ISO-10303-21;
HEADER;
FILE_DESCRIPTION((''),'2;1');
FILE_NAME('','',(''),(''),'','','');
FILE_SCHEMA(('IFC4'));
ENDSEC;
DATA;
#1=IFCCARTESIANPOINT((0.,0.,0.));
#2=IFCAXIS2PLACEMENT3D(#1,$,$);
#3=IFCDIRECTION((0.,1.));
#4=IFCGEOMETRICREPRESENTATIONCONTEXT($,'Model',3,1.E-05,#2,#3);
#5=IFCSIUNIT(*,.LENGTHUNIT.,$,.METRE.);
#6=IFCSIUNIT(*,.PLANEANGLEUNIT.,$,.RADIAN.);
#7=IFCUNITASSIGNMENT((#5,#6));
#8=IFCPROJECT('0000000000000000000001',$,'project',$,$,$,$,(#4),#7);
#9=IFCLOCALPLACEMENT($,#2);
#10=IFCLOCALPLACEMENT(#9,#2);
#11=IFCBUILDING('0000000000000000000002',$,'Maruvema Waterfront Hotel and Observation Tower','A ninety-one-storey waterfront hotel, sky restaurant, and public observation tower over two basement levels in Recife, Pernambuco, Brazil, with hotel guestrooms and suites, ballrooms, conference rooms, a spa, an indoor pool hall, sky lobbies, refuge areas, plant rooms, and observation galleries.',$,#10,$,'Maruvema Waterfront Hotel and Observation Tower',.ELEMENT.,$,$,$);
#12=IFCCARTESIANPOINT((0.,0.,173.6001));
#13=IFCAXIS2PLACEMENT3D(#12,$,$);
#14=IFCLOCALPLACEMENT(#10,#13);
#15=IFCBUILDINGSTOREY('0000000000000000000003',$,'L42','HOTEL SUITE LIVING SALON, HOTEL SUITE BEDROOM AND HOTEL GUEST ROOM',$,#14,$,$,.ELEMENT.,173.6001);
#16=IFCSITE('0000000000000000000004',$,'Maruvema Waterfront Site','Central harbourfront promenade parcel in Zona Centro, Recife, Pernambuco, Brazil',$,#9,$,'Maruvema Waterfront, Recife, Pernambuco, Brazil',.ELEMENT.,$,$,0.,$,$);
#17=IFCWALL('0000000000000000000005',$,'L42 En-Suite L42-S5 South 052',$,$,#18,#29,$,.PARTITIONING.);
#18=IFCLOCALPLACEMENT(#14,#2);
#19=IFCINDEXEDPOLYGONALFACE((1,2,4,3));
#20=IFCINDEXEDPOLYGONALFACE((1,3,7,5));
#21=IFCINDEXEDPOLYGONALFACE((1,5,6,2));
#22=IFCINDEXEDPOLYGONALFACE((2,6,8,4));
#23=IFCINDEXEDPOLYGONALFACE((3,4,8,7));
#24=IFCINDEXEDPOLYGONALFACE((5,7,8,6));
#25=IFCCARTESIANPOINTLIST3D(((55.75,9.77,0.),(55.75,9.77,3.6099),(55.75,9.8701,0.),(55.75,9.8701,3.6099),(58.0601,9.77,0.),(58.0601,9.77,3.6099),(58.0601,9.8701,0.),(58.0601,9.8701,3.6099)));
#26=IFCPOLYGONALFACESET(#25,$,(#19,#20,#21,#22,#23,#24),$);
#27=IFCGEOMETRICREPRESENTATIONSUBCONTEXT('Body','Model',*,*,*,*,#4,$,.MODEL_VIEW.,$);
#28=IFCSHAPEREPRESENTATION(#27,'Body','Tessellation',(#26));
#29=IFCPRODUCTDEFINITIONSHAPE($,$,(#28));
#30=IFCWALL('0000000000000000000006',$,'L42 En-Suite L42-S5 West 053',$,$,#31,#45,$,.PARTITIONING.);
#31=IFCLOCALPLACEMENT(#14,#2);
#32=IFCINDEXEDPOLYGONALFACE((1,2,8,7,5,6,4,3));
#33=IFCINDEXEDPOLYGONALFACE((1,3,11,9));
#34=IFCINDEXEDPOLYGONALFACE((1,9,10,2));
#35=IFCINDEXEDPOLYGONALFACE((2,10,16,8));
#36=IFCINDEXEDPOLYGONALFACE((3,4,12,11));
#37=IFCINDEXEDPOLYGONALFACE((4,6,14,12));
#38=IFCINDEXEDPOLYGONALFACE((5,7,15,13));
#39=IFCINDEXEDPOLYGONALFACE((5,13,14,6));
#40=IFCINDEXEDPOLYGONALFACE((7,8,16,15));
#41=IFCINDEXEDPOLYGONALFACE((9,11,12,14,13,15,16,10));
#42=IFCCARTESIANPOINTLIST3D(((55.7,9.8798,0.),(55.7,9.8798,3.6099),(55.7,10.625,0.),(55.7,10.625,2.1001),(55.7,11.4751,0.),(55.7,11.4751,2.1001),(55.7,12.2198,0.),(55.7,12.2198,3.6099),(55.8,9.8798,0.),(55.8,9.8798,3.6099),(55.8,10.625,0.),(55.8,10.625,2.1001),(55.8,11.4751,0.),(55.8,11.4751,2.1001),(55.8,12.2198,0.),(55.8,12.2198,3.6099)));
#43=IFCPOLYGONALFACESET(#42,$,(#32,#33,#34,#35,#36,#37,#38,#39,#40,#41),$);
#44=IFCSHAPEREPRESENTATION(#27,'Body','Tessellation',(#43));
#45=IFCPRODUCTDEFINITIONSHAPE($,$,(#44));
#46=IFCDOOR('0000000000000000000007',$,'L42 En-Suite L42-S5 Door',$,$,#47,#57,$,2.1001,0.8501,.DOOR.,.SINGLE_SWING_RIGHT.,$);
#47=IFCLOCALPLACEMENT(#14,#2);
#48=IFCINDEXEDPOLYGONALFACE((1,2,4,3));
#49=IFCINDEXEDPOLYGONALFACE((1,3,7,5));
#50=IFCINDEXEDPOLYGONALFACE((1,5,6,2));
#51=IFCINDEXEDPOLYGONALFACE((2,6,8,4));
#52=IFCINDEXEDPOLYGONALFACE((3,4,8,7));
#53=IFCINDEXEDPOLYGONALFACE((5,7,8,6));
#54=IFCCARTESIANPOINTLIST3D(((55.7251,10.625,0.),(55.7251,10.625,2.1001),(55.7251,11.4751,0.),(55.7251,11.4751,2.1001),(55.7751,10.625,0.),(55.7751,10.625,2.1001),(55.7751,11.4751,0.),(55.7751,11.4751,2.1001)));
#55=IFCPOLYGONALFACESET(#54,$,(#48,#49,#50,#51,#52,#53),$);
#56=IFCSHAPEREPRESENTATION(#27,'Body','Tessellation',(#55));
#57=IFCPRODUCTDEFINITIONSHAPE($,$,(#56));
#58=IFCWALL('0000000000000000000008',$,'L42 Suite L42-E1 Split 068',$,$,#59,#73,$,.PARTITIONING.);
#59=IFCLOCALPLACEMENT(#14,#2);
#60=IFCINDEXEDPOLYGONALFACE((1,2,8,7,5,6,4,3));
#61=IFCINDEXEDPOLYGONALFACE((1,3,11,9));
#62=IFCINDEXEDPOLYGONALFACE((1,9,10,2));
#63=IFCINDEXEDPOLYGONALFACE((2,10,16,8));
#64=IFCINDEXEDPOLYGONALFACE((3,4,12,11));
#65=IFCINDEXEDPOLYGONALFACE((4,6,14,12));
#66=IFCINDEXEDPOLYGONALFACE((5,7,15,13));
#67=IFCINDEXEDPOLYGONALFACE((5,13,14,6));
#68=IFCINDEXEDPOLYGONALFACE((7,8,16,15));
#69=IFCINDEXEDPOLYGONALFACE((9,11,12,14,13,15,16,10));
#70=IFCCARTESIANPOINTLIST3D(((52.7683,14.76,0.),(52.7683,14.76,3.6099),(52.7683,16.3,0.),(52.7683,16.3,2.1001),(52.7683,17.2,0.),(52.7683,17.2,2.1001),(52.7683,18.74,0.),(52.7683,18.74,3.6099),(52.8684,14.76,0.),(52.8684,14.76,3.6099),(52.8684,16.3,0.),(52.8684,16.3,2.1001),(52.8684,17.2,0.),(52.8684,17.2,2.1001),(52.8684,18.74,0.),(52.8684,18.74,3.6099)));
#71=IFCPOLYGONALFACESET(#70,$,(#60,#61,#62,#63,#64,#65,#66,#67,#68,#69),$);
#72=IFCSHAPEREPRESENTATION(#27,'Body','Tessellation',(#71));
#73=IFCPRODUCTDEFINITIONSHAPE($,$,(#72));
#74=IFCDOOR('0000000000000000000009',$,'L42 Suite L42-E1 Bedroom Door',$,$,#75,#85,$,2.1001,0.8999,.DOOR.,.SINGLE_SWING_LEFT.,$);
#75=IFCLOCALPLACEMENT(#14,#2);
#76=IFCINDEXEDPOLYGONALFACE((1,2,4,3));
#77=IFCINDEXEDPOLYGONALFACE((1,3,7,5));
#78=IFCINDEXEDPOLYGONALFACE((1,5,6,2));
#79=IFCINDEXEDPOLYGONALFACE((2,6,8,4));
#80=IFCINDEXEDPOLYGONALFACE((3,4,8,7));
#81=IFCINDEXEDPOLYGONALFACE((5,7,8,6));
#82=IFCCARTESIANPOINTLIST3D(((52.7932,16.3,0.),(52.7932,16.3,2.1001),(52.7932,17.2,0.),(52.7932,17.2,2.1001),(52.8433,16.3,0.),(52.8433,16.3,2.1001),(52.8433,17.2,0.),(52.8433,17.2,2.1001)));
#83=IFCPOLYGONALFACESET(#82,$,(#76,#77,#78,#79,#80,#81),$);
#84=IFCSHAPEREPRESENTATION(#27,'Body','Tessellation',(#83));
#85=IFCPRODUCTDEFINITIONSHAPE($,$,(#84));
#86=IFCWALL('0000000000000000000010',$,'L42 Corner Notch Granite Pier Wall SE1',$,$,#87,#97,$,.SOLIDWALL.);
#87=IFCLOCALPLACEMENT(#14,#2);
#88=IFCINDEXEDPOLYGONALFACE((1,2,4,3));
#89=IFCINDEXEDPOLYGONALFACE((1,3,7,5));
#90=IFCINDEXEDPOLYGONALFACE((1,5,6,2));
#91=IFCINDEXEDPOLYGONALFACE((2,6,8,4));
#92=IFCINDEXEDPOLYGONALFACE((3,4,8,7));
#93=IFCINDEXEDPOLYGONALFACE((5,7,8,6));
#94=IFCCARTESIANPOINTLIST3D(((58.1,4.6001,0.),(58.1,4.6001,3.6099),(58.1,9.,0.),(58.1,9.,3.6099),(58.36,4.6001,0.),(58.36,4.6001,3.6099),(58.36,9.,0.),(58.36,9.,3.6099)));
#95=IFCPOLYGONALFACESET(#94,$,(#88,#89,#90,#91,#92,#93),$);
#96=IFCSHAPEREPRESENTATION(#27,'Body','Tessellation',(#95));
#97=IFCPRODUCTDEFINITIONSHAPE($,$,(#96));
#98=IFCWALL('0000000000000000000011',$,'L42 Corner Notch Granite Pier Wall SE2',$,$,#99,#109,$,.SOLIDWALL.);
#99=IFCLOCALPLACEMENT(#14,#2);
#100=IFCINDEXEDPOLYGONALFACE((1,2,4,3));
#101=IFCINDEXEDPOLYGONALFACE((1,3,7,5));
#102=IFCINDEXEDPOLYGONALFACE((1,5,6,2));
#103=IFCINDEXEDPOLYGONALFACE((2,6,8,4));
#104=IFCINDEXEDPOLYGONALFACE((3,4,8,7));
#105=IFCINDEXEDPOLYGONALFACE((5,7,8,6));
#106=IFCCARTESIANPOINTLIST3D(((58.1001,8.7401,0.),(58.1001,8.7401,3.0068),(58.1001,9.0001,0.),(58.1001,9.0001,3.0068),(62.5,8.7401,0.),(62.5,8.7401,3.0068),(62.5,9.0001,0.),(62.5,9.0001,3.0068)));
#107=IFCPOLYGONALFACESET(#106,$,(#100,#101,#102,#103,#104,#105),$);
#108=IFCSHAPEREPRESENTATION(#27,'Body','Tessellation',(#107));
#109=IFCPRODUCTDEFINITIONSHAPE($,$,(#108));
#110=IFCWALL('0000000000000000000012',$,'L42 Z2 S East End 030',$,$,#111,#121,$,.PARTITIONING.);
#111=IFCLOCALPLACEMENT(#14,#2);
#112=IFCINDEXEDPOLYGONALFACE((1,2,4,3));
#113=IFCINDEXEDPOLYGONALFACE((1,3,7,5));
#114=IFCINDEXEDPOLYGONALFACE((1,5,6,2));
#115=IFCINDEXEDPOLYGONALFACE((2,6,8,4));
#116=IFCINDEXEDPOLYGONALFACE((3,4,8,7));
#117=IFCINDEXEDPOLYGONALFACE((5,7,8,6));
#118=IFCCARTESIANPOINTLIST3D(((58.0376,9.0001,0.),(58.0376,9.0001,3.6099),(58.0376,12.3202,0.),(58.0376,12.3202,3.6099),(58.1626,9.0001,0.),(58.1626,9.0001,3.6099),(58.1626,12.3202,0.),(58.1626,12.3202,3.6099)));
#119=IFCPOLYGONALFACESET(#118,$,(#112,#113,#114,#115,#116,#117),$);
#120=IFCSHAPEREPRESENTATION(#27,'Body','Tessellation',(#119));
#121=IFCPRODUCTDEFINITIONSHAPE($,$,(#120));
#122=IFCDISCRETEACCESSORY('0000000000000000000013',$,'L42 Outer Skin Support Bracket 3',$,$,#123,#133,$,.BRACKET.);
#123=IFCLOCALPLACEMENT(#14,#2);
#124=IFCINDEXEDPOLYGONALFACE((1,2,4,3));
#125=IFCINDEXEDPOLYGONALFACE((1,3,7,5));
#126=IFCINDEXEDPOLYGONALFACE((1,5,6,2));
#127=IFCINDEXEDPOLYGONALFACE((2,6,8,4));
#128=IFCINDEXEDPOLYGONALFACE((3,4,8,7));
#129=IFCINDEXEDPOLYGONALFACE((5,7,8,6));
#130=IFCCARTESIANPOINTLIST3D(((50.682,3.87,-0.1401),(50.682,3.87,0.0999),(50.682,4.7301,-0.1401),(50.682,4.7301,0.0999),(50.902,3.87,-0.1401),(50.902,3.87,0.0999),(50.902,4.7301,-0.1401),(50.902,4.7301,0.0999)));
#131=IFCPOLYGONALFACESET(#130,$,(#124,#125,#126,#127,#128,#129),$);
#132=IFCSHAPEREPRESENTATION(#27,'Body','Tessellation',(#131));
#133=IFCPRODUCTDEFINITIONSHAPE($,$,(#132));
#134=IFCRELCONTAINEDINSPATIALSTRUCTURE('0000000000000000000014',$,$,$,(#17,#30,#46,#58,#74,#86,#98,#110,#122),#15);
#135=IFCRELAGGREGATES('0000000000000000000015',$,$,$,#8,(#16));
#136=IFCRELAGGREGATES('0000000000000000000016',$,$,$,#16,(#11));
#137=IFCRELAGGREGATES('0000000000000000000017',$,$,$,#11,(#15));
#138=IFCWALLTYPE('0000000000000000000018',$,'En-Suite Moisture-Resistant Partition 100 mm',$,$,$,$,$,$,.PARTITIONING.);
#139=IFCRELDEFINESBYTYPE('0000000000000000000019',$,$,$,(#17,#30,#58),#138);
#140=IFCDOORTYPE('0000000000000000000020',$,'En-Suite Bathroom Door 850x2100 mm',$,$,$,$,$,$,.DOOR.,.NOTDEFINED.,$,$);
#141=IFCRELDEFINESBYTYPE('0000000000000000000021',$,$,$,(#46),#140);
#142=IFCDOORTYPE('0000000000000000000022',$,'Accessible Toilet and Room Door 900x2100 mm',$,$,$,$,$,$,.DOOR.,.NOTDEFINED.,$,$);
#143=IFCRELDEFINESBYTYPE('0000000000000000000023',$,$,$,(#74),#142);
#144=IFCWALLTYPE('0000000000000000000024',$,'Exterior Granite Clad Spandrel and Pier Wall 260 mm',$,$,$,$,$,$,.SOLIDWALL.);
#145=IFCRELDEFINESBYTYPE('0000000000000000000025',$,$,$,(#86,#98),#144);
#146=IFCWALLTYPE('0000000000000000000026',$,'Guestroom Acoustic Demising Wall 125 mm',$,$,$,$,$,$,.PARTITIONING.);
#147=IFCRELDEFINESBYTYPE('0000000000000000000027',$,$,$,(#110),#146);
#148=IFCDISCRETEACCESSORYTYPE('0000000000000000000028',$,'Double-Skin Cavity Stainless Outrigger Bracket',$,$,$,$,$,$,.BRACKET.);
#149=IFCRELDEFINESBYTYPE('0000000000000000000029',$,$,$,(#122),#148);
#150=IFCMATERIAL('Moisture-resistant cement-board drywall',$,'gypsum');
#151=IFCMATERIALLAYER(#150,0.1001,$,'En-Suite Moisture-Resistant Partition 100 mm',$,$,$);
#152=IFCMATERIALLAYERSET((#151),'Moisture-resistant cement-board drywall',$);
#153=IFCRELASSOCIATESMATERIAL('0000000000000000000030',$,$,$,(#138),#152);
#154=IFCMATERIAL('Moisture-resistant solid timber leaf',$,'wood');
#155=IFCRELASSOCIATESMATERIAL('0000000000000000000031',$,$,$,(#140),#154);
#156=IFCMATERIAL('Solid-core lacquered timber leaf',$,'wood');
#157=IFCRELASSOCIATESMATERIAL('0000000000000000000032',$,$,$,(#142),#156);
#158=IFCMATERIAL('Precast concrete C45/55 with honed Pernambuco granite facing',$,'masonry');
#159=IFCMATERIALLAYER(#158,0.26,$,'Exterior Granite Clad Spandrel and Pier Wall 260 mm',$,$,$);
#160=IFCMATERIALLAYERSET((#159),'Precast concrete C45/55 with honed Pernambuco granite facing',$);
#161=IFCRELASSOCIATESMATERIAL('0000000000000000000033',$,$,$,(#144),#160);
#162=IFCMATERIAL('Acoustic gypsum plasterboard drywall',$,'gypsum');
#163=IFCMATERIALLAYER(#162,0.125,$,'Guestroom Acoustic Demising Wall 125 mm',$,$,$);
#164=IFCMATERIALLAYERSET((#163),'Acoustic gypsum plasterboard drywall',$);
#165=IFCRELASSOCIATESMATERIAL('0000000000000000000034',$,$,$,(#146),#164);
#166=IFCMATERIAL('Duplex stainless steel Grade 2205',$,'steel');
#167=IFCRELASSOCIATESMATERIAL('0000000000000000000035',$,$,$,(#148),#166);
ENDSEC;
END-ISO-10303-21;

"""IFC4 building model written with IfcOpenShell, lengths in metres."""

from ifc_helpers import new_model, si_unit, direction, frame, frame_2d, origin, origin_2d, place, context, subcontext, project, spatial, rectangle, extrude, material, layer, layer_set, type_object, element, fill, save


model = new_model("IFC4")

# Units and contexts
model_context = context("Model", 3, precision=1e-05, world=origin(), true_north=direction((0.0, 1.0)))
body_context = subcontext(model_context, "Body", "Model", "MODEL_VIEW")
ifc_project = project(units=[si_unit("LENGTHUNIT", "METRE"), si_unit("PLANEANGLEUNIT", "RADIAN")], contexts=[model_context])

# Site, building, storey
site_placement = place(None, origin())
site = spatial("IfcSite", under=ifc_project, at=site_placement, Name="Maruvema Waterfront Site", Description="Central harbourfront promenade parcel in Zona Centro, Recife, Pernambuco, Brazil", LongName="Maruvema Waterfront, Recife, Pernambuco, Brazil", CompositionType="ELEMENT", RefElevation=0.0)
building_placement = place(site_placement, origin())
building = spatial("IfcBuilding", under=site, at=building_placement, Name="Maruvema Waterfront Hotel and Observation Tower", Description="A ninety-one-storey waterfront hotel, sky restaurant, and public observation tower over two basement levels in Recife, Pernambuco, Brazil, with hotel guestrooms and suites, ballrooms, conference rooms, a spa, an indoor pool hall, sky lobbies, refuge areas, plant rooms, and observation galleries.", LongName="Maruvema Waterfront Hotel and Observation Tower", CompositionType="ELEMENT")
storey_placement = place(building_placement, frame((0.0, 0.0, 173.6001)))
storey = spatial("IfcBuildingStorey", under=building, at=storey_placement, Name="L42", Description="HOTEL SUITE LIVING SALON, HOTEL SUITE BEDROOM AND HOTEL GUEST ROOM", CompositionType="ELEMENT", Elevation=173.6001)

# Wall
ifc_material_1 = material(Name="Moisture-resistant cement-board drywall", Category="gypsum")
ifc_layer_1 = layer(ifc_material_1, 0.1001, Name="En-Suite Moisture-Resistant Partition 100 mm")
ifc_layer_set_1 = layer_set([ifc_layer_1], Name="Moisture-resistant cement-board drywall")
wall_type_1 = type_object("IfcWallType", Name="En-Suite Moisture-Resistant Partition 100 mm", PredefinedType="PARTITIONING", material=ifc_layer_set_1)
wall_1_placement = place(storey_placement, frame((55.75, 9.8201, 0.0), z_axis=(0.0, 0.0, 1.0), x_axis=(1.0, 0.0, 0.0)))
element("IfcWall", 1, at=wall_1_placement, inside=storey, type_object=wall_type_1, Name="L42 En-Suite L42-S5 South 052", PredefinedType="PARTITIONING", context=body_context, shape_type="SweptSolid", body=[
    extrude(rectangle(XDim=2.3101, YDim=0.1001, at=frame_2d((1.155, 0.0))), origin(), (0.0, 0.0, 1.0), 3.6099),
])

# Walls, openings, doors
wall_2_placement = place(storey_placement, frame((55.75, 9.8799, 0.0), z_axis=(0.0, 0.0, 1.0), x_axis=(0.0, 1.0, 0.0)))
wall_2 = element("IfcWall", 2, at=wall_2_placement, inside=storey, type_object=wall_type_1, Name="L42 En-Suite L42-S5 West 053", PredefinedType="PARTITIONING", context=body_context, shape_type="SweptSolid", body=[
    extrude(rectangle(XDim=2.3401, YDim=0.1001, at=frame_2d((1.1699, 0.0))), origin(), (0.0, 0.0, 1.0), 3.6099),
])
opening_1_placement = place(wall_2_placement, frame((0.7451, 0.0, 0.0)))
opening_1 = element("IfcOpeningElement", 3, at=opening_1_placement, cuts=wall_2, PredefinedType="OPENING", context=body_context, shape_type="SweptSolid", body=[
    extrude(rectangle(XDim=0.8501, YDim=2.1001, at=frame_2d((0.425, 1.05))), frame((0.0, 0.0601, 0.0), z_axis=(0.0, -1.0, 0.0), x_axis=(1.0, 0.0, 0.0)), (0.0, 0.0, 1.0), 0.1201),
])
ifc_material_2 = material(Name="Moisture-resistant solid timber leaf", Category="wood")
door_type_1 = type_object("IfcDoorType", Name="En-Suite Bathroom Door 850x2100 mm", OperationType="NOTDEFINED", PredefinedType="DOOR", material=ifc_material_2)
door_1_placement = place(opening_1_placement, origin())
door_1 = element("IfcDoor", 4, at=door_1_placement, inside=storey, type_object=door_type_1, Name="L42 En-Suite L42-S5 Door", OperationType="SINGLE_SWING_RIGHT", OverallHeight=2.1001, OverallWidth=0.8501, PredefinedType="DOOR", context=body_context, shape_type="SweptSolid", body=[
    extrude(rectangle(XDim=0.8501, YDim=2.1001, at=frame_2d((0.425, 1.05))), frame((0.0, 0.0249, 0.0), z_axis=(0.0, -1.0, 0.0), x_axis=(1.0, 0.0, 0.0)), (0.0, 0.0, 1.0), 0.05),
])
fill(opening_1, door_1)
wall_3_placement = place(storey_placement, frame((52.8184, 14.76, 0.0), z_axis=(0.0, 0.0, 1.0), x_axis=(0.0, 1.0, 0.0)))
wall_3 = element("IfcWall", 5, at=wall_3_placement, inside=storey, type_object=wall_type_1, Name="L42 Suite L42-E1 Split 068", PredefinedType="PARTITIONING", context=body_context, shape_type="SweptSolid", body=[
    extrude(rectangle(XDim=3.98, YDim=0.1001, at=frame_2d((1.99, 0.0))), origin(), (0.0, 0.0, 1.0), 3.6099),
])
opening_2_placement = place(wall_3_placement, frame((1.54, 0.0, 0.0)))
opening_2 = element("IfcOpeningElement", 6, at=opening_2_placement, cuts=wall_3, PredefinedType="OPENING", context=body_context, shape_type="SweptSolid", body=[
    extrude(rectangle(XDim=0.8999, YDim=2.1001, at=frame_2d((0.45, 1.05))), frame((0.0, 0.0601, 0.0), z_axis=(0.0, -1.0, 0.0), x_axis=(1.0, 0.0, 0.0)), (0.0, 0.0, 1.0), 0.1201),
])
ifc_material_3 = material(Name="Solid-core lacquered timber leaf", Category="wood")
door_type_2 = type_object("IfcDoorType", Name="Accessible Toilet and Room Door 900x2100 mm", OperationType="NOTDEFINED", PredefinedType="DOOR", material=ifc_material_3)
door_2_placement = place(opening_2_placement, frame((0.8999, 0.0, 0.0), z_axis=(0.0, 0.0, 1.0), x_axis=(-1.0, 0.0, 0.0)))
door_2 = element("IfcDoor", 7, at=door_2_placement, inside=storey, type_object=door_type_2, Name="L42 Suite L42-E1 Bedroom Door", OperationType="SINGLE_SWING_LEFT", OverallHeight=2.1001, OverallWidth=0.8999, PredefinedType="DOOR", context=body_context, shape_type="SweptSolid", body=[
    extrude(rectangle(XDim=0.8999, YDim=2.1001, at=frame_2d((0.45, 1.05))), frame((0.0, 0.0249, 0.0), z_axis=(0.0, -1.0, 0.0), x_axis=(1.0, 0.0, 0.0)), (0.0, 0.0, 1.0), 0.05),
])
fill(opening_2, door_2)

# Walls
ifc_material_4 = material(Name="Precast concrete C45/55 with honed Pernambuco granite facing", Category="masonry")
ifc_layer_2 = layer(ifc_material_4, 0.26, Name="Exterior Granite Clad Spandrel and Pier Wall 260 mm")
ifc_layer_set_2 = layer_set([ifc_layer_2], Name="Precast concrete C45/55 with honed Pernambuco granite facing")
wall_type_2 = type_object("IfcWallType", Name="Exterior Granite Clad Spandrel and Pier Wall 260 mm", PredefinedType="SOLIDWALL", material=ifc_layer_set_2)
wall_4_placement = place(storey_placement, frame((58.23, 9.0, 0.0), z_axis=(0.0, 0.0, 1.0), x_axis=(0.0, -1.0, 0.0)))
element("IfcWall", 8, at=wall_4_placement, inside=storey, type_object=wall_type_2, Name="L42 Corner Notch Granite Pier Wall SE1", PredefinedType="SOLIDWALL", context=body_context, shape_type="SweptSolid", body=[
    extrude(rectangle(XDim=4.3999, YDim=0.26, at=frame_2d((2.2, 0.0))), origin(), (0.0, 0.0, 1.0), 3.6099),
])
wall_5_placement = place(storey_placement, frame((62.5, 8.8701, 0.0), z_axis=(0.0, 0.0, 1.0), x_axis=(-1.0, 0.0, 0.0)))
element("IfcWall", 9, at=wall_5_placement, inside=storey, type_object=wall_type_2, Name="L42 Corner Notch Granite Pier Wall SE2", PredefinedType="SOLIDWALL", context=body_context, shape_type="SweptSolid", body=[
    extrude(rectangle(XDim=4.3999, YDim=0.26, at=frame_2d((2.2, 0.0))), origin(), (0.0, 0.0, 1.0), 3.0068),
])
ifc_material_5 = material(Name="Acoustic gypsum plasterboard drywall", Category="gypsum")
ifc_layer_3 = layer(ifc_material_5, 0.125, Name="Guestroom Acoustic Demising Wall 125 mm")
ifc_layer_set_3 = layer_set([ifc_layer_3], Name="Acoustic gypsum plasterboard drywall")
wall_type_3 = type_object("IfcWallType", Name="Guestroom Acoustic Demising Wall 125 mm", PredefinedType="PARTITIONING", material=ifc_layer_set_3)
wall_6_placement = place(storey_placement, frame((58.1001, 9.0, 0.0), z_axis=(0.0, 0.0, 1.0), x_axis=(0.0, 1.0, 0.0)))
element("IfcWall", 10, at=wall_6_placement, inside=storey, type_object=wall_type_3, Name="L42 Z2 S East End 030", PredefinedType="PARTITIONING", context=body_context, shape_type="SweptSolid", body=[
    extrude(rectangle(XDim=3.3201, YDim=0.125, at=frame_2d((1.6602, 0.0))), origin(), (0.0, 0.0, 1.0), 3.6099),
])

# Discrete accessory
ifc_material_6 = material(Name="Duplex stainless steel Grade 2205", Category="steel")
discrete_accessory_type = type_object("IfcDiscreteAccessoryType", Name="Double-Skin Cavity Stainless Outrigger Bracket", PredefinedType="BRACKET", material=ifc_material_6)
discrete_accessory_placement = place(storey_placement, frame((50.792, 4.3, -0.1401), z_axis=(0.0, 0.0, 1.0), x_axis=(1.0, 0.0, 0.0)))
element("IfcDiscreteAccessory", 11, at=discrete_accessory_placement, inside=storey, type_object=discrete_accessory_type, Name="L42 Outer Skin Support Bracket 3", PredefinedType="BRACKET", context=body_context, shape_type="SweptSolid", body=[
    extrude(rectangle(XDim=0.22, YDim=0.8601, at=origin_2d()), origin(), (0.0, 0.0, 1.0), 0.24),
])

save(model, "model.ifc")
